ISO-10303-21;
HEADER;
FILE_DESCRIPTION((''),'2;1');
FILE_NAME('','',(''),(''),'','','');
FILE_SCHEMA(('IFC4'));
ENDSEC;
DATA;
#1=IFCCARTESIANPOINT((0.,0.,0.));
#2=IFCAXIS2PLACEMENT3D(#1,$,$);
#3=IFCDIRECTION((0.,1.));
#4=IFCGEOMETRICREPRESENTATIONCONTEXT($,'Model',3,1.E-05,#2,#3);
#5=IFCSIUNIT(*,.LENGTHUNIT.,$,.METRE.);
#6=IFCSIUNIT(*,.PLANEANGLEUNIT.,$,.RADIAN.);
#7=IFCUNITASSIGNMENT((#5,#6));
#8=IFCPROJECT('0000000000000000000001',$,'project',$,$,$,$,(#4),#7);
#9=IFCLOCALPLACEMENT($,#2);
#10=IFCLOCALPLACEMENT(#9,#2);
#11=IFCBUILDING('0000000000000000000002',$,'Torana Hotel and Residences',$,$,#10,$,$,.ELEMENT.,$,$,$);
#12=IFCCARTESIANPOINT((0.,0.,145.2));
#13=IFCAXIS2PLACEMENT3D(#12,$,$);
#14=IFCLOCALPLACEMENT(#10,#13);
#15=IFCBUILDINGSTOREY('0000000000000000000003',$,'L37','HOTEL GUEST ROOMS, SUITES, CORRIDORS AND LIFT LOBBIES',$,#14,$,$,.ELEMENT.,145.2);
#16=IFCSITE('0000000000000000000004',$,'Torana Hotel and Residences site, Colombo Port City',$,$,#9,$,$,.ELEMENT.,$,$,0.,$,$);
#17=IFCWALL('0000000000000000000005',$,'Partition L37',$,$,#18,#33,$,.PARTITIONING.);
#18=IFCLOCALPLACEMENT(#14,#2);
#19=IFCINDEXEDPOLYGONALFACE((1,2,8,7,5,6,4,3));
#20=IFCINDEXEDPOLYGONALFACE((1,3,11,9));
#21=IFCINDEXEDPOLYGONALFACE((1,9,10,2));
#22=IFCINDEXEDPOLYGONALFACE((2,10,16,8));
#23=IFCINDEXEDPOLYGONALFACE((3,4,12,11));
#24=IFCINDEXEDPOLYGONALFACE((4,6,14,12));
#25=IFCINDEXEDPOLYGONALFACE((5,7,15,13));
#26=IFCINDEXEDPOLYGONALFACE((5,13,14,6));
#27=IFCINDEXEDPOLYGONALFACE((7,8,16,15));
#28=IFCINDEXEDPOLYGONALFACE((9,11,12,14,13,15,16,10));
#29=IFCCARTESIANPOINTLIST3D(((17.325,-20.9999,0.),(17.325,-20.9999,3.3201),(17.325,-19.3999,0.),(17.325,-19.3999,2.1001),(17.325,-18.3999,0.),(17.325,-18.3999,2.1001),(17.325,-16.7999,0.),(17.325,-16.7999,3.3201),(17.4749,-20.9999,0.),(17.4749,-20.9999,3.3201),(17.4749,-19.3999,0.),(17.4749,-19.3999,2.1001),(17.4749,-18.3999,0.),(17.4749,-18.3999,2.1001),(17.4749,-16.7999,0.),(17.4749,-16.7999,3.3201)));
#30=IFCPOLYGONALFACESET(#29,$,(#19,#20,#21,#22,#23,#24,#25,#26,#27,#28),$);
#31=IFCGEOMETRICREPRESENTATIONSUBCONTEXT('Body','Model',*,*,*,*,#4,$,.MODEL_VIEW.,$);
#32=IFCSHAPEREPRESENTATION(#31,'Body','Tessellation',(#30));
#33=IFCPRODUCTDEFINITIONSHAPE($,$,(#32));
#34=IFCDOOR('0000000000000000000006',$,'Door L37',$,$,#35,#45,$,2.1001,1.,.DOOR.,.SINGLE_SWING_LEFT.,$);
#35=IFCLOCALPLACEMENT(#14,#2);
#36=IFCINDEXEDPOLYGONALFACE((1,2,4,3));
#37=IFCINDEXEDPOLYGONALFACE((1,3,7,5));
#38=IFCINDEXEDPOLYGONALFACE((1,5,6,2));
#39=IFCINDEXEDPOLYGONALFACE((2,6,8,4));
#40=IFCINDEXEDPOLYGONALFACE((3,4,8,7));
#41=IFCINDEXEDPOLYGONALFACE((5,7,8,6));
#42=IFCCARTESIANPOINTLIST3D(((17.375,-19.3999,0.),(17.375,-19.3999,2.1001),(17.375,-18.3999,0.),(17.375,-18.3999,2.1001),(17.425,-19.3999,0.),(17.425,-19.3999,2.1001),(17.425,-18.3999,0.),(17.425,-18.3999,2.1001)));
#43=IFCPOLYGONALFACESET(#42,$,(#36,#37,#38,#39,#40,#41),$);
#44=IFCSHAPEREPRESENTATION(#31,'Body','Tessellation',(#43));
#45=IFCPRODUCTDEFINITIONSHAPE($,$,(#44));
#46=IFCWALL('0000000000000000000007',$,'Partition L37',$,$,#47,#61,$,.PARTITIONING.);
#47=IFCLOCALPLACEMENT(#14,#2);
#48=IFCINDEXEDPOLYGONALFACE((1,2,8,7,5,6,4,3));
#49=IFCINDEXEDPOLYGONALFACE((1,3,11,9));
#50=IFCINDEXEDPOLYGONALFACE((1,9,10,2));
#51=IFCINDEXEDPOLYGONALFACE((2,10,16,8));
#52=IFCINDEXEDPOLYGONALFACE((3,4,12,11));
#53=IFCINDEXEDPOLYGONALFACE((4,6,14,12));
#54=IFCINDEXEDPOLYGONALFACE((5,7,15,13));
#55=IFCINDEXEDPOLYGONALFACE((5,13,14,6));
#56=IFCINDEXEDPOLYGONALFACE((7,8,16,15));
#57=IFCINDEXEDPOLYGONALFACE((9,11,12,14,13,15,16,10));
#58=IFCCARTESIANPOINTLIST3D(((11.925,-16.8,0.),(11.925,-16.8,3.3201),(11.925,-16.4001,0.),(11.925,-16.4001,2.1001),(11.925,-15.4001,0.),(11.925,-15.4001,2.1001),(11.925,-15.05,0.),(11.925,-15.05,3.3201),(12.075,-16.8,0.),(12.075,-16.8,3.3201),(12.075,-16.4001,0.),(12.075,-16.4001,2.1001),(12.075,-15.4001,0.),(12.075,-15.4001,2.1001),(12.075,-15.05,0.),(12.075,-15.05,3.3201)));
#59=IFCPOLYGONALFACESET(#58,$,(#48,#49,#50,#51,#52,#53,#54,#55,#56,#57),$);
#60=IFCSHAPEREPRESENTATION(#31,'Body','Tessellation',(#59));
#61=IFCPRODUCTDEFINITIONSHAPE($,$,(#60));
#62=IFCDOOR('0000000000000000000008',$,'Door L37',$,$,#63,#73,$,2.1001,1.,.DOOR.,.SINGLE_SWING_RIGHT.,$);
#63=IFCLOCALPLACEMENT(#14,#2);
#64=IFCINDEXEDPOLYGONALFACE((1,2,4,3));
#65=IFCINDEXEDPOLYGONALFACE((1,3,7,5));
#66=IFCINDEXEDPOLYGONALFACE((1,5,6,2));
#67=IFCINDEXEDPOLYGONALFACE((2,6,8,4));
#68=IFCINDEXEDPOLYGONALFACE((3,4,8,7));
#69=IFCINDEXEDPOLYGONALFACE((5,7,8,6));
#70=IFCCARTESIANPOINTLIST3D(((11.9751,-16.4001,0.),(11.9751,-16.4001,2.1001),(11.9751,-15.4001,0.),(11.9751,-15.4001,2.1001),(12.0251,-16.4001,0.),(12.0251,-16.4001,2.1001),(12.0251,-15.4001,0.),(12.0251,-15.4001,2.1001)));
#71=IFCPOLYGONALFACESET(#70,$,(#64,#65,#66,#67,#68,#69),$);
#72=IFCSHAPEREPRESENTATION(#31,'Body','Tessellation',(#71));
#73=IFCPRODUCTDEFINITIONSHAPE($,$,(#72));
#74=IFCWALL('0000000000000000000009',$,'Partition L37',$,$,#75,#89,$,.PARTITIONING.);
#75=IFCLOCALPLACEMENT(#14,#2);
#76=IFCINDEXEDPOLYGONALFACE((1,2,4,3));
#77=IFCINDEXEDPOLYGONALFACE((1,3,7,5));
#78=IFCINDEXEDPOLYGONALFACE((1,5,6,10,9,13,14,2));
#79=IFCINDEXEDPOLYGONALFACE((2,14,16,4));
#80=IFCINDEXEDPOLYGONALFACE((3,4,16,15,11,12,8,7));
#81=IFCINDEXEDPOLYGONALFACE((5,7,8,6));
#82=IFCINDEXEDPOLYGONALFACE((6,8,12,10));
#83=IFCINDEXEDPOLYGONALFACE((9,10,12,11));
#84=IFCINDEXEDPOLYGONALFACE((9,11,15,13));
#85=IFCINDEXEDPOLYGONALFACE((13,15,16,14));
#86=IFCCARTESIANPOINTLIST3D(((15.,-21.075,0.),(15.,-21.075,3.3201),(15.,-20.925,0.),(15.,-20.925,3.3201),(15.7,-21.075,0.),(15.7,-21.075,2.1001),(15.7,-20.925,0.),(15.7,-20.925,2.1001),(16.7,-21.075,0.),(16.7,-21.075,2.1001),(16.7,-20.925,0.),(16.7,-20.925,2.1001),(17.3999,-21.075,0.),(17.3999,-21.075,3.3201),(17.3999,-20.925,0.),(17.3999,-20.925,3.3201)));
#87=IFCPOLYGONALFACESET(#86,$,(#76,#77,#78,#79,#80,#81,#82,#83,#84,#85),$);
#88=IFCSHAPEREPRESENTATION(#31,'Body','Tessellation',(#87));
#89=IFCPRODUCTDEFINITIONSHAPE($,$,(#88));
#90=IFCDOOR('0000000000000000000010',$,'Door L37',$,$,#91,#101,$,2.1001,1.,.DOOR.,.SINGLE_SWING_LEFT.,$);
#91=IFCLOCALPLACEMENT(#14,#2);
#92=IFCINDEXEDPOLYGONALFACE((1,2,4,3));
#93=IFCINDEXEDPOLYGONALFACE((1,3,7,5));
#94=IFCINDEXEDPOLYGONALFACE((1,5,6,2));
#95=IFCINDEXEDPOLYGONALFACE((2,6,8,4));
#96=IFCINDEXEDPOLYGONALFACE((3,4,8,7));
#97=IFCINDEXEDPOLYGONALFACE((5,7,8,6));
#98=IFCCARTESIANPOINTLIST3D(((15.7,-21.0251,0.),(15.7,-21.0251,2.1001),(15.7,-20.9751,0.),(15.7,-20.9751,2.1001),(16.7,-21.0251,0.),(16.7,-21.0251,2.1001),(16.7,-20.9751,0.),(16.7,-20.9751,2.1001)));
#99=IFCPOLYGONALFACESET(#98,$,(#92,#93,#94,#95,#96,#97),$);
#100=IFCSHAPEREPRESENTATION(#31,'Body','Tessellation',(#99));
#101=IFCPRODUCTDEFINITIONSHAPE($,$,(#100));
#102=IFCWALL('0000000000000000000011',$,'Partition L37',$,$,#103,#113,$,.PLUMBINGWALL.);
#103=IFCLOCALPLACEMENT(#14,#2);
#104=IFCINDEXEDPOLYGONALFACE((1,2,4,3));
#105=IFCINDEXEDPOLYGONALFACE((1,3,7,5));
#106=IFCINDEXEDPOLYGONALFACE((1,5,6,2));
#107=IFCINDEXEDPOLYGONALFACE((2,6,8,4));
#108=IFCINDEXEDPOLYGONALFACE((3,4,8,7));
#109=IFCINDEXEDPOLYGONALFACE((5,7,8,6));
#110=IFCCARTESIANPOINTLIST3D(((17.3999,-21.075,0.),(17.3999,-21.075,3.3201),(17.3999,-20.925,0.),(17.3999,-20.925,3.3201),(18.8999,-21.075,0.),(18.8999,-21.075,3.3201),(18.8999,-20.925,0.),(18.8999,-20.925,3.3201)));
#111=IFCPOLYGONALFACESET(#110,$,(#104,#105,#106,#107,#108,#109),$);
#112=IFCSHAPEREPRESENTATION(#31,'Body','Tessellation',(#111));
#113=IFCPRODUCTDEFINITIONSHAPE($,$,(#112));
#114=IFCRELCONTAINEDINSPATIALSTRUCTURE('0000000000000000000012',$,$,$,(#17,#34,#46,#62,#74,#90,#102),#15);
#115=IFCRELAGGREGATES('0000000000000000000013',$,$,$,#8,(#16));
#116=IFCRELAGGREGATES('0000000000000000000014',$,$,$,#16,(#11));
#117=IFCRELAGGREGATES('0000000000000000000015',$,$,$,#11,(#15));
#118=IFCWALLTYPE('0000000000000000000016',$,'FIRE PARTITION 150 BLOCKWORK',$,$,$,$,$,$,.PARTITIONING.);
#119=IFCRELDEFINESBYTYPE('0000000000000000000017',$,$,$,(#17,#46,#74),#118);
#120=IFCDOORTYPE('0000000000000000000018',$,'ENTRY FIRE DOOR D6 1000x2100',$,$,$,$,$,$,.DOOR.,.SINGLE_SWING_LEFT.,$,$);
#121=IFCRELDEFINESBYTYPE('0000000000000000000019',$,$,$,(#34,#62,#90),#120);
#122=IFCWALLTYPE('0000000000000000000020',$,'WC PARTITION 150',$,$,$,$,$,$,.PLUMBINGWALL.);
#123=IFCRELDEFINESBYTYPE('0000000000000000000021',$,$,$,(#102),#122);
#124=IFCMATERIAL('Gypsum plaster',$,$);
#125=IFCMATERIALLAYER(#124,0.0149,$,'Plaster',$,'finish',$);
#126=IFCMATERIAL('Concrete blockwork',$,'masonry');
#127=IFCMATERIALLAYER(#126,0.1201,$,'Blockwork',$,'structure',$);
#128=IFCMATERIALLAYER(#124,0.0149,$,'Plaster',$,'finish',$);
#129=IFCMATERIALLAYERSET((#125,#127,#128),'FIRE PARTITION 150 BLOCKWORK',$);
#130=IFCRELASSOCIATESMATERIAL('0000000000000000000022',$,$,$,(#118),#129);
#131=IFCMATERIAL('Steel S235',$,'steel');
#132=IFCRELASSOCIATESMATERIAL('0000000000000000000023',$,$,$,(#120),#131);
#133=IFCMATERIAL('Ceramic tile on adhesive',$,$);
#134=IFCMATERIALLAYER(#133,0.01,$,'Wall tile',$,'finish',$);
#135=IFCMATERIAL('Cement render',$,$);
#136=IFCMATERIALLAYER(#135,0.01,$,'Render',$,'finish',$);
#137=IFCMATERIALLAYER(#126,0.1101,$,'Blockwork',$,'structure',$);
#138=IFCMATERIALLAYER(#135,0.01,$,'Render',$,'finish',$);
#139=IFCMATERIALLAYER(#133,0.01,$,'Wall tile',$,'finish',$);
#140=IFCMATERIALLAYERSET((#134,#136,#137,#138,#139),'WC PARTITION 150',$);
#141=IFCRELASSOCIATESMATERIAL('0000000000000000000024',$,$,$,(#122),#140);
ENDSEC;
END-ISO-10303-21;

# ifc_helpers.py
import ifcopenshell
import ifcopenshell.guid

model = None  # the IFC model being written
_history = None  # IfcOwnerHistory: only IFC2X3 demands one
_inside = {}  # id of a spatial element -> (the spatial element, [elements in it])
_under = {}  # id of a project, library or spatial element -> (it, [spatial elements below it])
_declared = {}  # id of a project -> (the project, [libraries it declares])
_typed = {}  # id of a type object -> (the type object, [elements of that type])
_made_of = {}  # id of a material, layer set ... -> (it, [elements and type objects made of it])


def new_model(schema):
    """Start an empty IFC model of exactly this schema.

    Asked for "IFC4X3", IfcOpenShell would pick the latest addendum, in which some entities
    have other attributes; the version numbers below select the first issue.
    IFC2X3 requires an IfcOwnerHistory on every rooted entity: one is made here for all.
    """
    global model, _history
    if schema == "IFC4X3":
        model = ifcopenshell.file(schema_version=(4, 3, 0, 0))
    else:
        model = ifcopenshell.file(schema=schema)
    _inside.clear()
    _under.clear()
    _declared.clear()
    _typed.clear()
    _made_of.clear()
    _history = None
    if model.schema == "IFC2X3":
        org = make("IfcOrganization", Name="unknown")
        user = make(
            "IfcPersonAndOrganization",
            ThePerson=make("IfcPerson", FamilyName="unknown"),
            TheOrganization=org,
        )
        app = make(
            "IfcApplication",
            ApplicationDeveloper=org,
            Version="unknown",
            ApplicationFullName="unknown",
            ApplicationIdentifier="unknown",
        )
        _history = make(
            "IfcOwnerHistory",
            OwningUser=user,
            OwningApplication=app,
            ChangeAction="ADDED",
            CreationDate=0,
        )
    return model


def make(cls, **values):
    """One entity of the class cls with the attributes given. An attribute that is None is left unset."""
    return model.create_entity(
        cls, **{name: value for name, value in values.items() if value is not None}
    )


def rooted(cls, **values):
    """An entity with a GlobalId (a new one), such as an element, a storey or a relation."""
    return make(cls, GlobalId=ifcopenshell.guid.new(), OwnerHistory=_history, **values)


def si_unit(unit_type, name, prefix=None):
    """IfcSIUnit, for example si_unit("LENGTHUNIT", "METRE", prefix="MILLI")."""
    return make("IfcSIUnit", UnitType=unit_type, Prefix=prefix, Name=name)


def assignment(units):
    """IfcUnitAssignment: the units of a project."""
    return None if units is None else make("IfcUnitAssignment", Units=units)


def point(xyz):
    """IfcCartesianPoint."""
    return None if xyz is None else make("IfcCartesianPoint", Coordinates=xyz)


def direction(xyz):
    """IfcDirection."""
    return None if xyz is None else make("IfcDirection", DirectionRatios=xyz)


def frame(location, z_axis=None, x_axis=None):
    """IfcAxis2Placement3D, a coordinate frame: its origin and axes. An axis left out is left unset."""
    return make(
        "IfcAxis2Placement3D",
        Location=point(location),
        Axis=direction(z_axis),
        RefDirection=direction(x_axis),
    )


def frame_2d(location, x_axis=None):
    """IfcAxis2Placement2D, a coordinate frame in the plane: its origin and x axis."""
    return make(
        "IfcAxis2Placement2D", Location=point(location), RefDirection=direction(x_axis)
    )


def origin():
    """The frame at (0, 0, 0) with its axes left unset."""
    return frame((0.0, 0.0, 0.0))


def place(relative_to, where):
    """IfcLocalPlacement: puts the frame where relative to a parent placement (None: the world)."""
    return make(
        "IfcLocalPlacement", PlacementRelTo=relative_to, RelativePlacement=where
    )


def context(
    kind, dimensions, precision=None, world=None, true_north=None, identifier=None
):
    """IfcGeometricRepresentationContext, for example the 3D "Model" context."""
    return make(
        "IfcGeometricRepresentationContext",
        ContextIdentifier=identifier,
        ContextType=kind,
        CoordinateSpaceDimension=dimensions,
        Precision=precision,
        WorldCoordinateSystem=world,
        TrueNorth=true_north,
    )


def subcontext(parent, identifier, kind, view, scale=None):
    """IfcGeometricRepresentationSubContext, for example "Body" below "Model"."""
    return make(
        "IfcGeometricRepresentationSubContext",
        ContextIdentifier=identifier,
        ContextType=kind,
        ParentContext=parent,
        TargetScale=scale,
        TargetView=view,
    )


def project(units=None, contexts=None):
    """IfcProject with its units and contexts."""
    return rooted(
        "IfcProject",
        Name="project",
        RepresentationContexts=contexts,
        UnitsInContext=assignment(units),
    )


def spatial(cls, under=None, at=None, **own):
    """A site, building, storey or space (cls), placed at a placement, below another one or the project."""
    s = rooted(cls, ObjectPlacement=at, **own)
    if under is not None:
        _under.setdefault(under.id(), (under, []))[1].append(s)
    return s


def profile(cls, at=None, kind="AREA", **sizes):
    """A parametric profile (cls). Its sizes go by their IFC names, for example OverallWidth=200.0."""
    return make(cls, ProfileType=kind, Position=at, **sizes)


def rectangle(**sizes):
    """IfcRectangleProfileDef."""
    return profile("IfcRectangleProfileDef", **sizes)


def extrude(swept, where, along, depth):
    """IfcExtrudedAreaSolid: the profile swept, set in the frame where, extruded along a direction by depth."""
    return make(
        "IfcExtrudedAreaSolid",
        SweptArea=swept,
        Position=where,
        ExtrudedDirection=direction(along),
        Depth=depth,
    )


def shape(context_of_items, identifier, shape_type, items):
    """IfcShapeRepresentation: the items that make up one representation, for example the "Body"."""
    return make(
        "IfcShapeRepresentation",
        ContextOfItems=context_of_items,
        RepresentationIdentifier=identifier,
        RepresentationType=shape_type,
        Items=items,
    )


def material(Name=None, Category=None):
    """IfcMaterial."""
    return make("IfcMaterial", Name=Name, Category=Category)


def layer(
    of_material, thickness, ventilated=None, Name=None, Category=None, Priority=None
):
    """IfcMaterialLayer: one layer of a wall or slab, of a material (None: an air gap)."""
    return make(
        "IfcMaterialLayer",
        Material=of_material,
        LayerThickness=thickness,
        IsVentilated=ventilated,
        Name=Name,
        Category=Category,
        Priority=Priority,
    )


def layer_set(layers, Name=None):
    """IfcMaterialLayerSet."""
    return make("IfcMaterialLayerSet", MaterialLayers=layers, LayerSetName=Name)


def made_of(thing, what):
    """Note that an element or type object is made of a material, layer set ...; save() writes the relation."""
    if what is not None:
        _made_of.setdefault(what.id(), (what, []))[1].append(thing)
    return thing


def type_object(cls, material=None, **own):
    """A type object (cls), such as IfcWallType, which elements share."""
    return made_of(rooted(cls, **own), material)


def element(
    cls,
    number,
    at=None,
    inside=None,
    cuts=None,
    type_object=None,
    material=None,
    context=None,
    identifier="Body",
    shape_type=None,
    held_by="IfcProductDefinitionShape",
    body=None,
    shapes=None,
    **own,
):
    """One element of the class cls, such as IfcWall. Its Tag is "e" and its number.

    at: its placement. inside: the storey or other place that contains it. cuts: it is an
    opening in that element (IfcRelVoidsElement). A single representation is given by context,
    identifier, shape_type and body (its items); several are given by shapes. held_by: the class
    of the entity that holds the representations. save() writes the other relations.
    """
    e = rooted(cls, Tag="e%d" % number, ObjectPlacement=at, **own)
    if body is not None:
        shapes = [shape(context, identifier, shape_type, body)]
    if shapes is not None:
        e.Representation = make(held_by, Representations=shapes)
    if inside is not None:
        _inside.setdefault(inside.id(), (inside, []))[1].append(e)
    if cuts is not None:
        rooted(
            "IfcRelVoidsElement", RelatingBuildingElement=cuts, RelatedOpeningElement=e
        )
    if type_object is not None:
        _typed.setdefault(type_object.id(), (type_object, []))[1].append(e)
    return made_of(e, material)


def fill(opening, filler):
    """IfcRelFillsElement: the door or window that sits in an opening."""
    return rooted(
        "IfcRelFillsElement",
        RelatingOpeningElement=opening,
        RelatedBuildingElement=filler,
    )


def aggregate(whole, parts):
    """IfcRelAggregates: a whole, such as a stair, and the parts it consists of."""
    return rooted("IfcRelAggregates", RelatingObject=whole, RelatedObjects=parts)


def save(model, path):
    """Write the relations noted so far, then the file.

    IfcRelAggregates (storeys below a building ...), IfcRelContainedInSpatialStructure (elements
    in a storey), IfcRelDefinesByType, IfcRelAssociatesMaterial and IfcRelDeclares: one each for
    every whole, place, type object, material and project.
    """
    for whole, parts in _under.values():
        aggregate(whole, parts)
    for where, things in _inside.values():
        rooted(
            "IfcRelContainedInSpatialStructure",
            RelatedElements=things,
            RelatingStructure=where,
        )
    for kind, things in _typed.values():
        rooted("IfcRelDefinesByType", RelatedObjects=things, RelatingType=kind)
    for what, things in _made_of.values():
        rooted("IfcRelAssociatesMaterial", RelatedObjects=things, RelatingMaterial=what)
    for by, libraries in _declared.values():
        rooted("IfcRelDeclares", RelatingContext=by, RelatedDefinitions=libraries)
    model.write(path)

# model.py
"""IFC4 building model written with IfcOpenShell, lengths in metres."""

from ifc_helpers import new_model, si_unit, direction, frame, frame_2d, origin, place, context, subcontext, project, spatial, rectangle, extrude, material, layer, layer_set, type_object, element, fill, save


model = new_model("IFC4")

# Units and contexts
model_context = context("Model", 3, precision=1e-05, world=origin(), true_north=direction((0.0, 1.0)))
body_context = subcontext(model_context, "Body", "Model", "MODEL_VIEW")
ifc_project = project(units=[si_unit("LENGTHUNIT", "METRE"), si_unit("PLANEANGLEUNIT", "RADIAN")], contexts=[model_context])

# Site, building, storey
site_placement = place(None, origin())
site = spatial("IfcSite", under=ifc_project, at=site_placement, Name="Torana Hotel and Residences site, Colombo Port City", CompositionType="ELEMENT", RefElevation=0.0)
building_placement = place(site_placement, origin())
building = spatial("IfcBuilding", under=site, at=building_placement, Name="Torana Hotel and Residences", CompositionType="ELEMENT")
storey_placement = place(building_placement, frame((0.0, 0.0, 145.2)))
storey = spatial("IfcBuildingStorey", under=building, at=storey_placement, Name="L37", Description="HOTEL GUEST ROOMS, SUITES, CORRIDORS AND LIFT LOBBIES", CompositionType="ELEMENT", Elevation=145.2)

# Walls, openings, doors
ifc_material_1 = material(Name="Gypsum plaster")
ifc_layer_1 = layer(ifc_material_1, 0.0149, Name="Plaster", Category="finish")
ifc_material_2 = material(Name="Concrete blockwork", Category="masonry")
ifc_layer_2 = layer(ifc_material_2, 0.1201, Name="Blockwork", Category="structure")
ifc_layer_3 = layer(ifc_material_1, 0.0149, Name="Plaster", Category="finish")
ifc_layer_set_1 = layer_set([ifc_layer_1, ifc_layer_2, ifc_layer_3], Name="FIRE PARTITION 150 BLOCKWORK")
wall_type_1 = type_object("IfcWallType", Name="FIRE PARTITION 150 BLOCKWORK", PredefinedType="PARTITIONING", material=ifc_layer_set_1)
wall_1_placement = place(storey_placement, frame((17.3999, -21.0, 0.0), z_axis=(0.0, 0.0, 1.0), x_axis=(0.0, 1.0, 0.0)))
wall_1 = element("IfcWall", 1, at=wall_1_placement, inside=storey, type_object=wall_type_1, Name="Partition L37", PredefinedType="PARTITIONING", context=body_context, shape_type="SweptSolid", body=[
    extrude(rectangle(XDim=4.2, YDim=0.1499, at=frame_2d((2.1001, 0.0))), origin(), (0.0, 0.0, 1.0), 3.3201),
])
opening_1_placement = place(wall_1_placement, frame((1.6001, 0.0, 0.0)))
opening_1 = element("IfcOpeningElement", 2, at=opening_1_placement, cuts=wall_1, PredefinedType="OPENING", context=body_context, shape_type="SweptSolid", body=[
    extrude(rectangle(XDim=1.0, YDim=2.1001, at=frame_2d((0.5, 1.05))), frame((0.0, 0.085, 0.0), z_axis=(0.0, -1.0, 0.0), x_axis=(1.0, 0.0, 0.0)), (0.0, 0.0, 1.0), 0.1699),
])
ifc_material_3 = material(Name="Steel S235", Category="steel")
door_type_1 = type_object("IfcDoorType", Name="ENTRY FIRE DOOR D6 1000x2100", OperationType="SINGLE_SWING_LEFT", PredefinedType="DOOR", material=ifc_material_3)
door_1_placement = place(opening_1_placement, frame((0.5, 0.0, 0.0), z_axis=(0.0, 0.0, 1.0), x_axis=(-1.0, 0.0, 0.0)))
door_1 = element("IfcDoor", 3, at=door_1_placement, inside=storey, type_object=door_type_1, Name="Door L37", OperationType="SINGLE_SWING_LEFT", OverallHeight=2.1001, OverallWidth=1.0, PredefinedType="DOOR", context=body_context, shape_type="SweptSolid", body=[
    extrude(rectangle(XDim=1.0, YDim=2.1001, at=frame_2d((0.0, 1.05))), frame((0.0, -0.0249, 0.0), z_axis=(0.0, 1.0, 0.0), x_axis=(-1.0, 0.0, 0.0)), (0.0, 0.0, 1.0), 0.05),
])
fill(opening_1, door_1)
wall_2_placement = place(storey_placement, frame((12.0, -16.8, 0.0), z_axis=(0.0, 0.0, 1.0), x_axis=(0.0, 1.0, 0.0)))
wall_2 = element("IfcWall", 4, at=wall_2_placement, inside=storey, type_object=wall_type_1, Name="Partition L37", PredefinedType="PARTITIONING", context=body_context, shape_type="SweptSolid", body=[
    extrude(rectangle(XDim=1.75, YDim=0.1499, at=frame_2d((0.875, 0.0))), origin(), (0.0, 0.0, 1.0), 3.3201),
])
opening_2_placement = place(wall_2_placement, frame((0.3999, 0.0, 0.0)))
opening_2 = element("IfcOpeningElement", 5, at=opening_2_placement, cuts=wall_2, PredefinedType="OPENING", context=body_context, shape_type="SweptSolid", body=[
    extrude(rectangle(XDim=1.0, YDim=2.1001, at=frame_2d((0.5, 1.05))), frame((0.0, 0.085, 0.0), z_axis=(0.0, -1.0, 0.0), x_axis=(1.0, 0.0, 0.0)), (0.0, 0.0, 1.0), 0.1699),
])
door_2_placement = place(opening_2_placement, origin())
door_2 = element("IfcDoor", 6, at=door_2_placement, inside=storey, type_object=door_type_1, Name="Door L37", OperationType="SINGLE_SWING_RIGHT", OverallHeight=2.1001, OverallWidth=1.0, PredefinedType="DOOR", context=body_context, shape_type="SweptSolid", body=[
    extrude(rectangle(XDim=1.0, YDim=2.1001, at=frame_2d((0.5, 1.05))), frame((0.0, 0.0249, 0.0), z_axis=(0.0, -1.0, 0.0), x_axis=(1.0, 0.0, 0.0)), (0.0, 0.0, 1.0), 0.05),
])
fill(opening_2, door_2)
wall_3_placement = place(storey_placement, frame((15.0, -21.0, 0.0), z_axis=(0.0, 0.0, 1.0), x_axis=(1.0, 0.0, 0.0)))
wall_3 = element("IfcWall", 7, at=wall_3_placement, inside=storey, type_object=wall_type_1, Name="Partition L37", PredefinedType="PARTITIONING", context=body_context, shape_type="SweptSolid", body=[
    extrude(rectangle(XDim=2.3999, YDim=0.1499, at=frame_2d((1.2, 0.0))), origin(), (0.0, 0.0, 1.0), 3.3201),
])
opening_3_placement = place(wall_3_placement, frame((0.7, 0.0, 0.0)))
opening_3 = element("IfcOpeningElement", 8, at=opening_3_placement, cuts=wall_3, PredefinedType="OPENING", context=body_context, shape_type="SweptSolid", body=[
    extrude(rectangle(XDim=1.0, YDim=2.1001, at=frame_2d((0.5, 1.05))), frame((0.0, 0.085, 0.0), z_axis=(0.0, -1.0, 0.0), x_axis=(1.0, 0.0, 0.0)), (0.0, 0.0, 1.0), 0.1699),
])
door_3_placement = place(opening_3_placement, frame((0.5, 0.0, 0.0), z_axis=(0.0, 0.0, 1.0), x_axis=(-1.0, 0.0, 0.0)))
door_3 = element("IfcDoor", 9, at=door_3_placement, inside=storey, type_object=door_type_1, Name="Door L37", OperationType="SINGLE_SWING_LEFT", OverallHeight=2.1001, OverallWidth=1.0, PredefinedType="DOOR", context=body_context, shape_type="SweptSolid", body=[
    extrude(rectangle(XDim=1.0, YDim=2.1001, at=frame_2d((0.0, 1.05))), frame((0.0, -0.0249, 0.0), z_axis=(0.0, 1.0, 0.0), x_axis=(-1.0, 0.0, 0.0)), (0.0, 0.0, 1.0), 0.05),
])
fill(opening_3, door_3)

# Wall
ifc_material_4 = material(Name="Ceramic tile on adhesive")
ifc_layer_4 = layer(ifc_material_4, 0.01, Name="Wall tile", Category="finish")
ifc_material_5 = material(Name="Cement render")
ifc_layer_5 = layer(ifc_material_5, 0.01, Name="Render", Category="finish")
ifc_layer_6 = layer(ifc_material_2, 0.1101, Name="Blockwork", Category="structure")
ifc_layer_7 = layer(ifc_material_5, 0.01, Name="Render", Category="finish")
ifc_layer_8 = layer(ifc_material_4, 0.01, Name="Wall tile", Category="finish")
ifc_layer_set_2 = layer_set([ifc_layer_4, ifc_layer_5, ifc_layer_6, ifc_layer_7, ifc_layer_8], Name="WC PARTITION 150")
wall_type_2 = type_object("IfcWallType", Name="WC PARTITION 150", PredefinedType="PLUMBINGWALL", material=ifc_layer_set_2)
wall_4_placement = place(storey_placement, frame((17.3999, -21.0, 0.0), z_axis=(0.0, 0.0, 1.0), x_axis=(1.0, 0.0, 0.0)))
element("IfcWall", 10, at=wall_4_placement, inside=storey, type_object=wall_type_2, Name="Partition L37", PredefinedType="PLUMBINGWALL", context=body_context, shape_type="SweptSolid", body=[
    extrude(rectangle(XDim=1.5, YDim=0.1499, at=frame_2d((0.75, 0.0))), origin(), (0.0, 0.0, 1.0), 3.3201),
])

save(model, "model.ifc")
